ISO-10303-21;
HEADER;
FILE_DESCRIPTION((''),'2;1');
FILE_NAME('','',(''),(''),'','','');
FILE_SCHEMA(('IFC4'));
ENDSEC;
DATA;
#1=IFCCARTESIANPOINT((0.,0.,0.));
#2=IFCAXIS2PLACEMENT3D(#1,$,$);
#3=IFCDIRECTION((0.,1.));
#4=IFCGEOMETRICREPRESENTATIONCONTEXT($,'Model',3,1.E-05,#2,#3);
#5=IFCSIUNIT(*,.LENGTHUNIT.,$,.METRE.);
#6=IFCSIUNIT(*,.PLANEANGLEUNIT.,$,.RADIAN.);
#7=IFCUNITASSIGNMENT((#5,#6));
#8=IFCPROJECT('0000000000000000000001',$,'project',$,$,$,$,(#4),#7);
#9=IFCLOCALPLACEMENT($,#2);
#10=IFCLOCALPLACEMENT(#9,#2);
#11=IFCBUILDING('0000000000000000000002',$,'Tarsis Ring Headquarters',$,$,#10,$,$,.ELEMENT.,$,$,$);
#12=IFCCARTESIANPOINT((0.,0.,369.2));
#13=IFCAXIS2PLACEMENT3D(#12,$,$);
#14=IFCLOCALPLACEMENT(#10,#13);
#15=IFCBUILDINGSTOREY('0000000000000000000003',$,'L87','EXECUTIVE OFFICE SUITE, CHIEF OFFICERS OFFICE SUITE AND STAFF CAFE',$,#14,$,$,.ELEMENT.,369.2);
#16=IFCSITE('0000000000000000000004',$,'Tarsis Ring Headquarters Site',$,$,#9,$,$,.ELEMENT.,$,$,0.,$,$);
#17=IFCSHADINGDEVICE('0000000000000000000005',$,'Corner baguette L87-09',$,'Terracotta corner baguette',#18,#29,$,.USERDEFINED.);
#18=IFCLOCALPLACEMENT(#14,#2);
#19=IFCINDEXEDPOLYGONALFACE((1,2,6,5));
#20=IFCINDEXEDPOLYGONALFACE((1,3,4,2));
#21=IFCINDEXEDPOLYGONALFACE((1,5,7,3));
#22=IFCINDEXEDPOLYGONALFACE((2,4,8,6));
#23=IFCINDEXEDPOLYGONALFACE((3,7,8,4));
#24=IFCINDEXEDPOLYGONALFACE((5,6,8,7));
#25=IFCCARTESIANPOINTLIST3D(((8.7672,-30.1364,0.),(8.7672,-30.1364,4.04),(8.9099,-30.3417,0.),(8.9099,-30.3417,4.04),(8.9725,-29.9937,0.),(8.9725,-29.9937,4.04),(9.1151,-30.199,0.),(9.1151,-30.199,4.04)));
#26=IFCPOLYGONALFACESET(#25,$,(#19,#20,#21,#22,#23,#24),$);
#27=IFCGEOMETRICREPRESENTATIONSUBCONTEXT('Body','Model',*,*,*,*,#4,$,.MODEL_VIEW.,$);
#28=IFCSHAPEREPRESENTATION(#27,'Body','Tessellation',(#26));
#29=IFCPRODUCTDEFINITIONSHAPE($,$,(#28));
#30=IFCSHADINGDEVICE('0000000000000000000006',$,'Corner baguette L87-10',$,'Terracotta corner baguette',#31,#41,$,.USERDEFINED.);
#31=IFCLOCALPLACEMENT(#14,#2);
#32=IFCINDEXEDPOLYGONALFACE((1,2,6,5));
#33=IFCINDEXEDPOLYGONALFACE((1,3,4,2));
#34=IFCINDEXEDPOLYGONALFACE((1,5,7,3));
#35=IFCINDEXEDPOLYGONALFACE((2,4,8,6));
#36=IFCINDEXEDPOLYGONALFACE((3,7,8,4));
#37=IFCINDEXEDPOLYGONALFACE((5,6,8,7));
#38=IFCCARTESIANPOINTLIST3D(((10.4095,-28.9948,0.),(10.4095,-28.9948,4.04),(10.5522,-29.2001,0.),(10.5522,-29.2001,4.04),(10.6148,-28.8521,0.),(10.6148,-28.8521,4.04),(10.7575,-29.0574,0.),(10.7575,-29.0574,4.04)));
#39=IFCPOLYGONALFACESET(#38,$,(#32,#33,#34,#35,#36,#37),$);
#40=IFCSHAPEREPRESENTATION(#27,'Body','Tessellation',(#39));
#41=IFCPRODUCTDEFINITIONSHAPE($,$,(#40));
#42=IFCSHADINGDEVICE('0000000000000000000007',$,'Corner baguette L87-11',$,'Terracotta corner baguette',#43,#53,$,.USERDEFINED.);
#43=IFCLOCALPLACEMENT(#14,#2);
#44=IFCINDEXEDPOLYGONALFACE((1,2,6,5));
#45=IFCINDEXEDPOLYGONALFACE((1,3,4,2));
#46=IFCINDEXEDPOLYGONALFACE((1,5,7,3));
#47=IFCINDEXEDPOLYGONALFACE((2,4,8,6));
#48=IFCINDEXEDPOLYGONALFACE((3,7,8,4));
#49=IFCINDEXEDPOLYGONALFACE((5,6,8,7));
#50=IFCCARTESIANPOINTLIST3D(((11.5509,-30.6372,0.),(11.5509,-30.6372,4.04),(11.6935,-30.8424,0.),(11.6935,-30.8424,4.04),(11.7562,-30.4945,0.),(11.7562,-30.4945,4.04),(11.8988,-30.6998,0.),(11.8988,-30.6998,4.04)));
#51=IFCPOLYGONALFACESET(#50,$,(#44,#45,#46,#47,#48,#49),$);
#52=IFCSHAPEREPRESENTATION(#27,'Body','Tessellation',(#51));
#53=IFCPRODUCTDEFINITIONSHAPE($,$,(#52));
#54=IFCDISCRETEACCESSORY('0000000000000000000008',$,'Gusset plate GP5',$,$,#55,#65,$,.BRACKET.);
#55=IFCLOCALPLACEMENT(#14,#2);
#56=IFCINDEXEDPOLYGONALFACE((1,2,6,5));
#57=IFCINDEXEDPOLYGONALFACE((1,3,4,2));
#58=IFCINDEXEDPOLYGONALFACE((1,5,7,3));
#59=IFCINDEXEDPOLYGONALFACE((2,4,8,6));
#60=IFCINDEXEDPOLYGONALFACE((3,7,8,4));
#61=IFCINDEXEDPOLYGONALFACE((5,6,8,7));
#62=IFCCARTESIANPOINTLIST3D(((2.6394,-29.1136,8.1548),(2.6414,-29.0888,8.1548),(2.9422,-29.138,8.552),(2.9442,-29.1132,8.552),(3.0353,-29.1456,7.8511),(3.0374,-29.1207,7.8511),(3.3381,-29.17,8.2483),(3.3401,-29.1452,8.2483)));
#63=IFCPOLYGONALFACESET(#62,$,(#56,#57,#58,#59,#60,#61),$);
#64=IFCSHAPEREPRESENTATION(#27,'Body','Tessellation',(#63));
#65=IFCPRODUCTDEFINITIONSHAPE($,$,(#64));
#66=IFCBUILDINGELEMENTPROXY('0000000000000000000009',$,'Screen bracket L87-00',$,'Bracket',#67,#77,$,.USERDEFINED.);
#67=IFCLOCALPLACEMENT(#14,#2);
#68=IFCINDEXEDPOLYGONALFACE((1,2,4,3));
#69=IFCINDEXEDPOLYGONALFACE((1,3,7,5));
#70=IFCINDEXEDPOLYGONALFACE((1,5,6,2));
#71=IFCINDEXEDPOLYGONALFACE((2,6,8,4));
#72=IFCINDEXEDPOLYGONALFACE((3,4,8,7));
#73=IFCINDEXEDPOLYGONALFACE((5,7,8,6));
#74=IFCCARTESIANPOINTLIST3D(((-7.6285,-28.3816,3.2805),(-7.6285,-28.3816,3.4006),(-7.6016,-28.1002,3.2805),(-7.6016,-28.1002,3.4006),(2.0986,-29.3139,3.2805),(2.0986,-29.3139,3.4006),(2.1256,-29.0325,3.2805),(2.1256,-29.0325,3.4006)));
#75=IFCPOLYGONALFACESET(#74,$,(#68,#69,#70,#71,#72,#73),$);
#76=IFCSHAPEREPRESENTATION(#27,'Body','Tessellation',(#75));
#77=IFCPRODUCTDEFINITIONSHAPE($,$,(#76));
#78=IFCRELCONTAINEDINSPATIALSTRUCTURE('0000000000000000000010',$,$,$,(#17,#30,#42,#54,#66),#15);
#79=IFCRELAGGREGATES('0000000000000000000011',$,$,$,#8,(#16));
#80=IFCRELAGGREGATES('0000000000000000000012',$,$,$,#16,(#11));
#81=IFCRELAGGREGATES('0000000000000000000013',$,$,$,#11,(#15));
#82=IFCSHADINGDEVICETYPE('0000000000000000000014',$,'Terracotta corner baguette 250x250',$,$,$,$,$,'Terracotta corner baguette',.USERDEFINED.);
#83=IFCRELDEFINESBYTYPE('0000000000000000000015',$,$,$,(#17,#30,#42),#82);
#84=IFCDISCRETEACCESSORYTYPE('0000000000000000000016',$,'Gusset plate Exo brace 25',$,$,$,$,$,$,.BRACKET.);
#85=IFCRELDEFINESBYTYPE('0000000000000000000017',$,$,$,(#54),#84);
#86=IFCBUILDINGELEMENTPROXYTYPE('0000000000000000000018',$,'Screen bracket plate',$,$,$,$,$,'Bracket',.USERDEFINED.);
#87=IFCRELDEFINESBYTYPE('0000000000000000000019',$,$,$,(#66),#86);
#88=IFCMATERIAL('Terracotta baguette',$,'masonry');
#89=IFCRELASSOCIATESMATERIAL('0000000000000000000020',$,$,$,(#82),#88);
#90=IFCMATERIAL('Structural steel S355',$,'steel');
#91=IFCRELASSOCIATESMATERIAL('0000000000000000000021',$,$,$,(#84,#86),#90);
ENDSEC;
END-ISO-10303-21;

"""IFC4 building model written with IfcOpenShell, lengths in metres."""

from ifc_helpers import new_model, si_unit, direction, frame, origin, origin_2d, place, context, subcontext, project, spatial, rectangle, extrude, material, material_profile, profile_set, type_object, element, save


model = new_model("IFC4")

# Units and contexts
model_context = context("Model", 3, precision=1e-05, world=origin(), true_north=direction((0.0, 1.0)))
body_context = subcontext(model_context, "Body", "Model", "MODEL_VIEW")
ifc_project = project(units=[si_unit("LENGTHUNIT", "METRE"), si_unit("PLANEANGLEUNIT", "RADIAN")], contexts=[model_context])

# Site, building, storey
site_placement = place(None, origin())
site = spatial("IfcSite", under=ifc_project, at=site_placement, Name="Tarsis Ring Headquarters Site", CompositionType="ELEMENT", RefElevation=0.0)
building_placement = place(site_placement, origin())
building = spatial("IfcBuilding", under=site, at=building_placement, Name="Tarsis Ring Headquarters", CompositionType="ELEMENT")
storey_placement = place(building_placement, frame((0.0, 0.0, 369.2)))
storey = spatial("IfcBuildingStorey", under=building, at=storey_placement, Name="L87", Description="EXECUTIVE OFFICE SUITE, CHIEF OFFICERS OFFICE SUITE AND STAFF CAFE", CompositionType="ELEMENT", Elevation=369.2)

# Shared definitions
ifc_material_1 = material(Name="Structural steel S355", Category="steel")

# Shading devices
ifc_material_2 = material(Name="Terracotta baguette", Category="masonry")
shading_device_type_1 = type_object("IfcShadingDeviceType", Name="Terracotta corner baguette 250x250", ElementType="Terracotta corner baguette", PredefinedType="USERDEFINED", material=ifc_material_2)
for number, where, z_axis, x_axis, name in (
    (1, (8.9412, -30.1677, 0.0), (0.0, 0.0, 1.0), (0.570714, -0.821149, 0.0), "Corner baguette L87-09"),
    (2, (10.5835, -29.0261, 0.0), (0.0, 0.0, 1.0), (0.821149, 0.570713, 0.0), "Corner baguette L87-10"),
    (3, (11.7249, -30.6685, 0.0), (0.0, 0.0, 1.0), (0.570713, -0.821149, 0.0), "Corner baguette L87-11"),
):
    element("IfcShadingDevice", number, at=place(storey_placement, frame(where, z_axis=z_axis, x_axis=x_axis)), inside=storey, type_object=shading_device_type_1, Name=name, ObjectType="Terracotta corner baguette", PredefinedType="USERDEFINED", context=body_context, shape_type="SweptSolid", body=[
        extrude(rectangle(XDim=0.25, YDim=0.25, at=origin_2d()), origin(), (0.0, 0.0, 1.0), 4.04),
    ])

# Discrete accessory
ifc_material_profile_1 = material_profile(ifc_material_1, rectangle(XDim=0.0249, YDim=0.5, at=origin_2d()), Name="PL 25x500")
ifc_profile_set_1 = profile_set([ifc_material_profile_1], Name="Structural steel S355")
discrete_accessory_type = type_object("IfcDiscreteAccessoryType", Name="Gusset plate Exo brace 25", PredefinedType="BRACKET", material=ifc_profile_set_1)
discrete_accessory_placement = place(storey_placement, frame((3.1411, -29.1416, 8.4001), z_axis=(-0.605438, 0.048826, -0.794393), x_axis=(-0.080384, -0.996764, 0.0)))
element("IfcDiscreteAccessory", 4, at=discrete_accessory_placement, inside=storey, type_object=discrete_accessory_type, Name="Gusset plate GP5", PredefinedType="BRACKET", context=body_context, shape_type="SweptSolid", body=[
    extrude(rectangle(XDim=0.0249, YDim=0.5, at=origin_2d()), origin(), (0.0, 0.0, 1.0), 0.5),
])

# Building element proxy
building_element_proxy_type = type_object("IfcBuildingElementProxyType", Name="Screen bracket plate", ElementType="Bracket", PredefinedType="USERDEFINED", material=ifc_material_1)
proxy_placement = place(storey_placement, frame((-2.7515, -28.707, 3.2805), z_axis=(0.0, 0.0, 1.0), x_axis=(0.995438, -0.095412, 0.0)))
element("IfcBuildingElementProxy", 5, at=proxy_placement, inside=storey, type_object=building_element_proxy_type, Name="Screen bracket L87-00", ObjectType="Bracket", PredefinedType="USERDEFINED", context=body_context, shape_type="SweptSolid", body=[
    extrude(rectangle(XDim=9.7717, YDim=0.2827, at=origin_2d()), origin(), (0.0, 0.0, 1.0), 0.1201),
])

save(model, "model.ifc")
